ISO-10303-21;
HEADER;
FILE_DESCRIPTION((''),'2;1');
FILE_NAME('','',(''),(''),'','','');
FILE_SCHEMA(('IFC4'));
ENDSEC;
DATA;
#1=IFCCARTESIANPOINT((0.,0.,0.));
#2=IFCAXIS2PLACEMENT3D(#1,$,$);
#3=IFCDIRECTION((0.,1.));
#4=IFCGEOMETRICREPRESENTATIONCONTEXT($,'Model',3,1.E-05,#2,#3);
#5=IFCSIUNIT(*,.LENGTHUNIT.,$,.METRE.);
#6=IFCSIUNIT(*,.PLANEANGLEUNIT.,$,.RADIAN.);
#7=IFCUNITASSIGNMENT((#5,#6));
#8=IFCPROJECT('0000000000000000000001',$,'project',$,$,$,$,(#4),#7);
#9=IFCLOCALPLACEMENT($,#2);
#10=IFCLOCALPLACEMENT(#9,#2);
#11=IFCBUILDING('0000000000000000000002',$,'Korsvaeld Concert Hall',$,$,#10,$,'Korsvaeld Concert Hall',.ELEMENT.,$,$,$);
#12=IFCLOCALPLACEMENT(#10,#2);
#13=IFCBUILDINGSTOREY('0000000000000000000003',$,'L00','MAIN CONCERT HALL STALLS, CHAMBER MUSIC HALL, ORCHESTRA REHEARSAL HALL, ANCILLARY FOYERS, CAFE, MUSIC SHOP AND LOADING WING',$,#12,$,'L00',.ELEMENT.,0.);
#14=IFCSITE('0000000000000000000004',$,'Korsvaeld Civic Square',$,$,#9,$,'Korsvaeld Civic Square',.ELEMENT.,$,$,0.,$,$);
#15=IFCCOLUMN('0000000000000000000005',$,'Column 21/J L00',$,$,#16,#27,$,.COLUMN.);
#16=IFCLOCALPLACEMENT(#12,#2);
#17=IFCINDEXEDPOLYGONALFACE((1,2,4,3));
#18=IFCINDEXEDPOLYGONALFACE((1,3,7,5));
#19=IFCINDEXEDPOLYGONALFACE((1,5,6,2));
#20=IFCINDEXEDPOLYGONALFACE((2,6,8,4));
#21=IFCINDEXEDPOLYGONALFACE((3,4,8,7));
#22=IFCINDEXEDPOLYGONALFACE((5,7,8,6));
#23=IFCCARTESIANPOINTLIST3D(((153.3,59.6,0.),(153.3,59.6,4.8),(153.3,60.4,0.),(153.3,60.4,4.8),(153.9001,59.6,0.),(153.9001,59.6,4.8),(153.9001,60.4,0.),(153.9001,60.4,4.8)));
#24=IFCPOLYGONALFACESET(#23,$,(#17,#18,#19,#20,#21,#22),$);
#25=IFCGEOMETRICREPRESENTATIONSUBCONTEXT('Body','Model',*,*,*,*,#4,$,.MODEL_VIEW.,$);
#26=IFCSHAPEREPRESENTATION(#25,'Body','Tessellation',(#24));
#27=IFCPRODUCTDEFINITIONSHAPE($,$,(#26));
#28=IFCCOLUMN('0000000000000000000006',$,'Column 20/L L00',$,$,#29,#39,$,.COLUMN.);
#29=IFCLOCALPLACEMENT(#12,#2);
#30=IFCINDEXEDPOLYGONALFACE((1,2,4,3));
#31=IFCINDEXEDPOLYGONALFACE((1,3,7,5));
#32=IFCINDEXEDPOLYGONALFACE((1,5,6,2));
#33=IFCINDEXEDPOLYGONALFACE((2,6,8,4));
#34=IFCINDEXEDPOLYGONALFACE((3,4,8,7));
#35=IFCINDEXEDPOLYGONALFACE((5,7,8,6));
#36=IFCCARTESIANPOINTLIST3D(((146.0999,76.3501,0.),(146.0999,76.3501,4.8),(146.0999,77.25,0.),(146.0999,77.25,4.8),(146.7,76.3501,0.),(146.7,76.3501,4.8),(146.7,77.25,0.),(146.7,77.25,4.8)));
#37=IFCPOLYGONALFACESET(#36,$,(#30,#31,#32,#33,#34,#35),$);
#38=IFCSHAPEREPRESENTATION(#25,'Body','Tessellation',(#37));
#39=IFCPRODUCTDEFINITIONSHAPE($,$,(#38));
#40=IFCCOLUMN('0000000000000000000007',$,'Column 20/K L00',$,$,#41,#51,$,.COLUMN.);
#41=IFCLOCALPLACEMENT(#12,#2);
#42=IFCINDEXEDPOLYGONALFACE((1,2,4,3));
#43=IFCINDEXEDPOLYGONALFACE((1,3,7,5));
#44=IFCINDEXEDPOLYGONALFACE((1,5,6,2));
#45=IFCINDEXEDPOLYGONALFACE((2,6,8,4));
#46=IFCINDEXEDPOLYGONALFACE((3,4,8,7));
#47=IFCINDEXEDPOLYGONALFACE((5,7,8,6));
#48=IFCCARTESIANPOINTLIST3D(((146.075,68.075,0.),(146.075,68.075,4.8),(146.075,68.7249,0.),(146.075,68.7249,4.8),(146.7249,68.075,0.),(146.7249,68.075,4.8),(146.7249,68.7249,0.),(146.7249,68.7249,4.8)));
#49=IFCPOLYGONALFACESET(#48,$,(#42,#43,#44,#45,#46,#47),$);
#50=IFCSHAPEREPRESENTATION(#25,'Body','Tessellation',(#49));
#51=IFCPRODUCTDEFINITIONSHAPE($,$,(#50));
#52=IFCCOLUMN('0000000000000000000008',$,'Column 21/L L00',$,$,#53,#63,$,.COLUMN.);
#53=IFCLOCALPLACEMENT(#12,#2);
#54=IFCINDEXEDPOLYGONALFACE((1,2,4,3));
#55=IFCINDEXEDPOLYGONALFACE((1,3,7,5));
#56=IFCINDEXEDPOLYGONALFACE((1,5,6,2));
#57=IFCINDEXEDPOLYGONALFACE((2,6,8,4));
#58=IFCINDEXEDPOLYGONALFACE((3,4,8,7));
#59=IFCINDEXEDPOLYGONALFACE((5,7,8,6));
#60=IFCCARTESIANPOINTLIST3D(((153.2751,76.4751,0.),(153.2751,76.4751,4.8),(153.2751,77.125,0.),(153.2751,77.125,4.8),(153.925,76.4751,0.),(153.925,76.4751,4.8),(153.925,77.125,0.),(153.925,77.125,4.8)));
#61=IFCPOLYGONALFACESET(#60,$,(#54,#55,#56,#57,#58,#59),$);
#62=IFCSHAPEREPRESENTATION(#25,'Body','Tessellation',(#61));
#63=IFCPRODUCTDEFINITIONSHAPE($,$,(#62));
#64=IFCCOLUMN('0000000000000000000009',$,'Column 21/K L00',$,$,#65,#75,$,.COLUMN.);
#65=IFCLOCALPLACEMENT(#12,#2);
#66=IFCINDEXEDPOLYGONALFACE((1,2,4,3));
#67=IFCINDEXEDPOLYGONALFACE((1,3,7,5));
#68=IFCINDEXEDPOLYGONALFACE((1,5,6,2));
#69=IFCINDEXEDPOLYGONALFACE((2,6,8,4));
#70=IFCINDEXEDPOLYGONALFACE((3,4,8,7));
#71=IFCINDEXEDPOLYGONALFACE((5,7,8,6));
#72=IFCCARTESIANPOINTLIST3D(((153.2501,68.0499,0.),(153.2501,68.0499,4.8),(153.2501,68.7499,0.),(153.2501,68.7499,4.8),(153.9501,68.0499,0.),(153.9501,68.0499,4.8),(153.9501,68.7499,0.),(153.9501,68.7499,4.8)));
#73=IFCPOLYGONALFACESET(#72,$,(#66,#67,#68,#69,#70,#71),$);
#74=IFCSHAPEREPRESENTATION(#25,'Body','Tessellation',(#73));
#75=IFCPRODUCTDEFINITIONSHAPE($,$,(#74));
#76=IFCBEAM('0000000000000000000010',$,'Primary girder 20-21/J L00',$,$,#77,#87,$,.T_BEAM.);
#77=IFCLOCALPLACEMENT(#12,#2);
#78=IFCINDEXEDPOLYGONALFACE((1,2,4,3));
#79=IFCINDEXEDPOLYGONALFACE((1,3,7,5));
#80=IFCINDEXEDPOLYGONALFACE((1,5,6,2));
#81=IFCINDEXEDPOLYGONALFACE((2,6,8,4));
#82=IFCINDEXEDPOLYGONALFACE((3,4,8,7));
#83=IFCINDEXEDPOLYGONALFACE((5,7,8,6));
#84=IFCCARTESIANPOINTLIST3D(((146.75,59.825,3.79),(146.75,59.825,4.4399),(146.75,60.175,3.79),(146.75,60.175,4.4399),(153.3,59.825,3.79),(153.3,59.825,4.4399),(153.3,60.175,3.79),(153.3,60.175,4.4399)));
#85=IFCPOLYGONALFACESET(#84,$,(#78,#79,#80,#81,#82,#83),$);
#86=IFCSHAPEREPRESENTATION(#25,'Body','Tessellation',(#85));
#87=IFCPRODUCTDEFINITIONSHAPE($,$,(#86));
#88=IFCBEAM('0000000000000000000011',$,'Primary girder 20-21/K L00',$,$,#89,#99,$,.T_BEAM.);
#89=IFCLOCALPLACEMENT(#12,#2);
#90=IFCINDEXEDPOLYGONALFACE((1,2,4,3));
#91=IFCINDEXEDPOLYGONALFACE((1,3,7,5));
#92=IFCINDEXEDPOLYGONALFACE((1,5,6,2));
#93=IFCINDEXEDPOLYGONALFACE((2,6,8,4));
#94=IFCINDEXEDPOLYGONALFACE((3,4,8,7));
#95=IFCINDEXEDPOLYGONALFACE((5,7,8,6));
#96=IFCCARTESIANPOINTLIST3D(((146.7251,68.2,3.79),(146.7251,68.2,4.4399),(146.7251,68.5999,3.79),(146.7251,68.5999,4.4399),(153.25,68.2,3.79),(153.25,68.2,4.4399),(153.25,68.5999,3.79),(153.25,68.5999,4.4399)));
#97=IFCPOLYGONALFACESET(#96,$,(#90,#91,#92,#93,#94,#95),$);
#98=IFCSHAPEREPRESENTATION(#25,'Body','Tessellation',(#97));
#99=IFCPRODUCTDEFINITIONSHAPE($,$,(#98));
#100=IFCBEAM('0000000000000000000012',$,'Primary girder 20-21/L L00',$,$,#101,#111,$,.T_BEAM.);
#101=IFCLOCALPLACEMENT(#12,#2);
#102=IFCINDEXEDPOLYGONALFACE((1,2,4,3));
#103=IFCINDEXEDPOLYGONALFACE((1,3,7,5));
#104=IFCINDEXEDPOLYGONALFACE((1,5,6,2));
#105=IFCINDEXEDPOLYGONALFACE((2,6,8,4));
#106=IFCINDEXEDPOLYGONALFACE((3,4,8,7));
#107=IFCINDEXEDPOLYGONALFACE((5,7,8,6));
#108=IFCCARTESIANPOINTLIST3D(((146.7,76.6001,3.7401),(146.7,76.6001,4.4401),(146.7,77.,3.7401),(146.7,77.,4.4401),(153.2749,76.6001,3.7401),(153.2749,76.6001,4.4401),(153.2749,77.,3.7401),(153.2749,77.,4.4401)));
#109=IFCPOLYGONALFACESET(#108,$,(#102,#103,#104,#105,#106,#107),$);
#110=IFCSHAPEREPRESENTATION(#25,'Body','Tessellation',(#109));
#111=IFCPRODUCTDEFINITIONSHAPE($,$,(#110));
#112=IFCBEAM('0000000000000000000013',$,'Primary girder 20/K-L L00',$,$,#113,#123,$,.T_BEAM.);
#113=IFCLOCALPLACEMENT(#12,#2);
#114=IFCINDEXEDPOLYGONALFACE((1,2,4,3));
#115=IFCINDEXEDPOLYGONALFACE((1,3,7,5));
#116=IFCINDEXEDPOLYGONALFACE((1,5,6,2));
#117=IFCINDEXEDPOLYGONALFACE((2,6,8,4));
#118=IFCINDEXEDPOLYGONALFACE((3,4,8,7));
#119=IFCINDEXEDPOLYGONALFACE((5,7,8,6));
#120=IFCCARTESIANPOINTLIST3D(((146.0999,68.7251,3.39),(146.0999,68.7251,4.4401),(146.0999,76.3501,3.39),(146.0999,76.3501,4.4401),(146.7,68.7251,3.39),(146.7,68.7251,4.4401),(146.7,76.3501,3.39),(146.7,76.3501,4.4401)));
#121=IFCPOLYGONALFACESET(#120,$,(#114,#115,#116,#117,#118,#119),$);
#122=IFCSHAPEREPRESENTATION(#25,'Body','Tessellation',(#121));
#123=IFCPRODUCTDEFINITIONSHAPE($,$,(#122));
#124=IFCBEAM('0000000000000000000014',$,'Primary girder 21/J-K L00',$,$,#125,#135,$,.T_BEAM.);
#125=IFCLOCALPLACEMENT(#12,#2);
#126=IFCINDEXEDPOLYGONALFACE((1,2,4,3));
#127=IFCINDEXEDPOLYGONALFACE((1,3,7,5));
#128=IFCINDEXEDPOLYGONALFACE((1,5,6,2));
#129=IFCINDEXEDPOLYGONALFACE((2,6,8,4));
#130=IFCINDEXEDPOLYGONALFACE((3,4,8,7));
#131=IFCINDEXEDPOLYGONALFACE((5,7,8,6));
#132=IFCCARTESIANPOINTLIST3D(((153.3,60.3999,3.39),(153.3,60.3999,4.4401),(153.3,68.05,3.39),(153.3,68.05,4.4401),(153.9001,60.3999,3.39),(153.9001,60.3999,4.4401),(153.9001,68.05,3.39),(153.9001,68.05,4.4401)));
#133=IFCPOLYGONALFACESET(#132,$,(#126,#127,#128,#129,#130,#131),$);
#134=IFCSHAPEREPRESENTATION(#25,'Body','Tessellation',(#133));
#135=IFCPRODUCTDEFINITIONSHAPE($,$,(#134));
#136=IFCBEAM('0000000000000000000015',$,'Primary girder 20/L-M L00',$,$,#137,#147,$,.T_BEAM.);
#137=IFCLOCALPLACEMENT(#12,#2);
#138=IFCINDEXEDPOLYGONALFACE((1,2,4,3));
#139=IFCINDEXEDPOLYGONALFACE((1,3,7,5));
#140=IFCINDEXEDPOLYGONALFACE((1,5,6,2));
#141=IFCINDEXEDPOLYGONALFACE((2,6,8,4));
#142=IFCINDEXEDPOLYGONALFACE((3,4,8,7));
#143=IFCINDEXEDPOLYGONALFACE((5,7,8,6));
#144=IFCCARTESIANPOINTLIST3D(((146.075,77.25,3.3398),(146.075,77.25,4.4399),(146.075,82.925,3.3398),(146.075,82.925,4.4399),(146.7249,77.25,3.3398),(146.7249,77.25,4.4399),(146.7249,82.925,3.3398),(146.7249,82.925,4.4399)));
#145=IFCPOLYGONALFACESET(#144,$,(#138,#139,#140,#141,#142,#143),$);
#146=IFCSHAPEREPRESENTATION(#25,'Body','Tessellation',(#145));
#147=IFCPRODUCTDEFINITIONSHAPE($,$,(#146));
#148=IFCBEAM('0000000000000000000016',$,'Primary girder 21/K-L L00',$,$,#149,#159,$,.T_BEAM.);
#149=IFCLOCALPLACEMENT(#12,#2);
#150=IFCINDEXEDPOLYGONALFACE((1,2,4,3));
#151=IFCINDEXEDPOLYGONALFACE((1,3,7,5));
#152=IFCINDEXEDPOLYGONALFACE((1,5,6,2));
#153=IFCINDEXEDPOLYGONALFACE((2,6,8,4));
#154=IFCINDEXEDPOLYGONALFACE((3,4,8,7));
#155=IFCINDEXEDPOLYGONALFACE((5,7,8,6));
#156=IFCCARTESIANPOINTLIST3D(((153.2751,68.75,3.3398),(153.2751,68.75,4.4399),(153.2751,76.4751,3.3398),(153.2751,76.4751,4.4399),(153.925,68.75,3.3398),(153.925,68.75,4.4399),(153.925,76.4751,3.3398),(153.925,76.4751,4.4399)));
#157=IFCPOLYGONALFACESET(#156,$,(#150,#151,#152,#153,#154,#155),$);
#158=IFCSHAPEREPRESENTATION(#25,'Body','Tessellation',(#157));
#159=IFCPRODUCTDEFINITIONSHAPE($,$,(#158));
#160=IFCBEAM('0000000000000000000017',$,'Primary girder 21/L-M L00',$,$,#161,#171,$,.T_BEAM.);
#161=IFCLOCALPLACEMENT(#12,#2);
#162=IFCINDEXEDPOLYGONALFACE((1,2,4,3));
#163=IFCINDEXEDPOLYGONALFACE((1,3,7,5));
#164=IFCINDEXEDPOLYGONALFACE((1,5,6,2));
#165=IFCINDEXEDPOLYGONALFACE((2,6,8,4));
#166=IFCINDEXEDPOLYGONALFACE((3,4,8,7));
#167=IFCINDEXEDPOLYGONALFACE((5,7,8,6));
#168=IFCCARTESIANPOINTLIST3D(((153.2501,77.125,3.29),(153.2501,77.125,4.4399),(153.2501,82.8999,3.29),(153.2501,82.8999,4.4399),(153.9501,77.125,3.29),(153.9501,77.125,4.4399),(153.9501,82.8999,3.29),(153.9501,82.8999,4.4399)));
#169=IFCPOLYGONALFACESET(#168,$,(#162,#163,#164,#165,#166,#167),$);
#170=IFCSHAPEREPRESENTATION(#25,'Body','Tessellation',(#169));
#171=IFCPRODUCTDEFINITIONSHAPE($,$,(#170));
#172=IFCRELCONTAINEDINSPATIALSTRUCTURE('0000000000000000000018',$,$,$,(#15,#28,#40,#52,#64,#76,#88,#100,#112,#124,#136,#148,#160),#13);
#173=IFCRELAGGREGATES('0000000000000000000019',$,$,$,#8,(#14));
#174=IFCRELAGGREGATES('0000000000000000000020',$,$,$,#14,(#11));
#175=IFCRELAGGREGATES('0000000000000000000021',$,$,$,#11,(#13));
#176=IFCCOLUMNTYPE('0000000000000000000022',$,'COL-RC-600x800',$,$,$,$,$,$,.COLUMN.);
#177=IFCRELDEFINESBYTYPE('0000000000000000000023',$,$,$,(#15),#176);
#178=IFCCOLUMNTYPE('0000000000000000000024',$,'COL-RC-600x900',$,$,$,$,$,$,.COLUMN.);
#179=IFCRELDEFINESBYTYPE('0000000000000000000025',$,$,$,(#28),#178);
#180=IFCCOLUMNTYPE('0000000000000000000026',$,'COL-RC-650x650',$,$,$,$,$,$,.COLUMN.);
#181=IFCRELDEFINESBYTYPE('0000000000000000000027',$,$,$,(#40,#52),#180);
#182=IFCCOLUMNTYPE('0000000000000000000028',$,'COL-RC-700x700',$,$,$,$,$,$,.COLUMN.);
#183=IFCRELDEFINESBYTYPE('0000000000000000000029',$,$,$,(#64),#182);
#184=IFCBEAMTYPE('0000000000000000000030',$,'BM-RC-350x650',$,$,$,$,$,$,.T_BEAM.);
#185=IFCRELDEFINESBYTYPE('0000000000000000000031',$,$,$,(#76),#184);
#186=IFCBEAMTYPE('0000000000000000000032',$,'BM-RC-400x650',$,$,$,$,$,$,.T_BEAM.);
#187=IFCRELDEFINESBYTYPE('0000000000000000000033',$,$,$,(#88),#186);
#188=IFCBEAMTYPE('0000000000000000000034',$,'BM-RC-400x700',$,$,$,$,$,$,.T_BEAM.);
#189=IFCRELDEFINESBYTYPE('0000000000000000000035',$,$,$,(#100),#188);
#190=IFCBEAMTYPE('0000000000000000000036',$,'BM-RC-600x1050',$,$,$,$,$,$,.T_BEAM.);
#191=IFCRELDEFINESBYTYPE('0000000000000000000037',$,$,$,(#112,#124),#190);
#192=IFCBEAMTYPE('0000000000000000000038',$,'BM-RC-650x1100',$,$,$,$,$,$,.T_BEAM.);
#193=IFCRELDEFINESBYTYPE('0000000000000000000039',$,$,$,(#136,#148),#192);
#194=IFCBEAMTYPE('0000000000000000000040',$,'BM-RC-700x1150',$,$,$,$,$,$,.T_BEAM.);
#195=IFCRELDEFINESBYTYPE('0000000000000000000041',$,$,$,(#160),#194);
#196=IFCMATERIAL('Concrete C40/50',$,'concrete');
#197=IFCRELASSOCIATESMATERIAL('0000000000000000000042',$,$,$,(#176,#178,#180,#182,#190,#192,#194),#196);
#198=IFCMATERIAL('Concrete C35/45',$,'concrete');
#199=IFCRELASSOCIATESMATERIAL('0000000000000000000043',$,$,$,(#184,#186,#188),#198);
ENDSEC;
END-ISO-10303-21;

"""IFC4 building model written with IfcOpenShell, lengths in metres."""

from ifc_helpers import new_model, si_unit, direction, frame, origin, origin_2d, place, context, subcontext, project, spatial, rectangle, extrude, material, material_profile, profile_set, type_object, element, save


model = new_model("IFC4")

# Units and contexts
model_context = context("Model", 3, precision=1e-05, world=origin(), true_north=direction((0.0, 1.0)))
body_context = subcontext(model_context, "Body", "Model", "MODEL_VIEW")
ifc_project = project(units=[si_unit("LENGTHUNIT", "METRE"), si_unit("PLANEANGLEUNIT", "RADIAN")], contexts=[model_context])

# Site, building, storey
site_placement = place(None, origin())
site = spatial("IfcSite", under=ifc_project, at=site_placement, Name="Korsvaeld Civic Square", LongName="Korsvaeld Civic Square", CompositionType="ELEMENT", RefElevation=0.0)
building_placement = place(site_placement, origin())
building = spatial("IfcBuilding", under=site, at=building_placement, Name="Korsvaeld Concert Hall", LongName="Korsvaeld Concert Hall", CompositionType="ELEMENT")
storey_placement = place(building_placement, origin())
storey = spatial("IfcBuildingStorey", under=building, at=storey_placement, Name="L00", Description="MAIN CONCERT HALL STALLS, CHAMBER MUSIC HALL, ORCHESTRA REHEARSAL HALL, ANCILLARY FOYERS, CAFE, MUSIC SHOP AND LOADING WING", LongName="L00", CompositionType="ELEMENT", Elevation=0.0)

# Columns
ifc_material_1 = material(Name="Concrete C40/50", Category="concrete")
ifc_material_profile_1 = material_profile(ifc_material_1, rectangle(XDim=0.6001, YDim=0.8, at=origin_2d()), Name="RC 600x800")
ifc_profile_set_1 = profile_set([ifc_material_profile_1], Name="Concrete C40/50")
column_type_1 = type_object("IfcColumnType", Name="COL-RC-600x800", PredefinedType="COLUMN", material=ifc_profile_set_1)
column_1_placement = place(storey_placement, frame((153.6001, 60.0, 0.0), z_axis=(0.0, 0.0, 1.0), x_axis=(1.0, 0.0, 0.0)))
element("IfcColumn", 1, at=column_1_placement, inside=storey, type_object=column_type_1, Name="Column 21/J L00", PredefinedType="COLUMN", context=body_context, shape_type="SweptSolid", body=[
    extrude(rectangle(XDim=0.6001, YDim=0.8, at=origin_2d()), origin(), (0.0, 0.0, 1.0), 4.8),
])
ifc_material_profile_2 = material_profile(ifc_material_1, rectangle(XDim=0.6001, YDim=0.8999, at=origin_2d()), Name="RC 600x900")
ifc_profile_set_2 = profile_set([ifc_material_profile_2], Name="Concrete C40/50")
column_type_2 = type_object("IfcColumnType", Name="COL-RC-600x900", PredefinedType="COLUMN", material=ifc_profile_set_2)
column_2_placement = place(storey_placement, frame((146.3999, 76.8, 0.0), z_axis=(0.0, 0.0, 1.0), x_axis=(1.0, 0.0, 0.0)))
element("IfcColumn", 2, at=column_2_placement, inside=storey, type_object=column_type_2, Name="Column 20/L L00", PredefinedType="COLUMN", context=body_context, shape_type="SweptSolid", body=[
    extrude(rectangle(XDim=0.6001, YDim=0.8999, at=origin_2d()), origin(), (0.0, 0.0, 1.0), 4.8),
])
ifc_material_profile_3 = material_profile(ifc_material_1, rectangle(XDim=0.6499, YDim=0.6499, at=origin_2d()), Name="RC 650x650")
ifc_profile_set_3 = profile_set([ifc_material_profile_3], Name="Concrete C40/50")
column_type_3 = type_object("IfcColumnType", Name="COL-RC-650x650", PredefinedType="COLUMN", material=ifc_profile_set_3)
for number, where, z_axis, x_axis, name in (
    (3, (146.3999, 68.3999, 0.0), (0.0, 0.0, 1.0), (1.0, 0.0, 0.0), "Column 20/K L00"),
    (4, (153.6001, 76.8, 0.0), (0.0, 0.0, 1.0), (1.0, 0.0, 0.0), "Column 21/L L00"),
):
    element("IfcColumn", number, at=place(storey_placement, frame(where, z_axis=z_axis, x_axis=x_axis)), inside=storey, type_object=column_type_3, Name=name, PredefinedType="COLUMN", context=body_context, shape_type="SweptSolid", body=[
        extrude(rectangle(XDim=0.6499, YDim=0.6499, at=origin_2d()), origin(), (0.0, 0.0, 1.0), 4.8),
    ])
ifc_material_profile_4 = material_profile(ifc_material_1, rectangle(XDim=0.7, YDim=0.7, at=origin_2d()), Name="RC 700x700")
ifc_profile_set_4 = profile_set([ifc_material_profile_4], Name="Concrete C40/50")
column_type_4 = type_object("IfcColumnType", Name="COL-RC-700x700", PredefinedType="COLUMN", material=ifc_profile_set_4)
column_3_placement = place(storey_placement, frame((153.6001, 68.3999, 0.0), z_axis=(0.0, 0.0, 1.0), x_axis=(1.0, 0.0, 0.0)))
element("IfcColumn", 5, at=column_3_placement, inside=storey, type_object=column_type_4, Name="Column 21/K L00", PredefinedType="COLUMN", context=body_context, shape_type="SweptSolid", body=[
    extrude(rectangle(XDim=0.7, YDim=0.7, at=origin_2d()), origin(), (0.0, 0.0, 1.0), 4.8),
])

# Beams
ifc_material_2 = material(Name="Concrete C35/45", Category="concrete")
ifc_material_profile_5 = material_profile(ifc_material_2, rectangle(XDim=0.3501, YDim=0.6499, at=origin_2d()), Name="RC 350x650")
ifc_profile_set_5 = profile_set([ifc_material_profile_5], Name="Concrete C35/45")
beam_type_1 = type_object("IfcBeamType", Name="BM-RC-350x650", PredefinedType="T_BEAM", material=ifc_profile_set_5)
beam_1_placement = place(storey_placement, frame((146.75, 60.0, 4.115), z_axis=(1.0, 0.0, 0.0), x_axis=(0.0, 1.0, 0.0)))
element("IfcBeam", 6, at=beam_1_placement, inside=storey, type_object=beam_type_1, Name="Primary girder 20-21/J L00", PredefinedType="T_BEAM", context=body_context, shape_type="SweptSolid", body=[
    extrude(rectangle(XDim=0.3501, YDim=0.6499, at=origin_2d()), origin(), (0.0, 0.0, 1.0), 6.55),
])
ifc_material_profile_6 = material_profile(ifc_material_2, rectangle(XDim=0.3999, YDim=0.6499, at=origin_2d()), Name="RC 400x650")
ifc_profile_set_6 = profile_set([ifc_material_profile_6], Name="Concrete C35/45")
beam_type_2 = type_object("IfcBeamType", Name="BM-RC-400x650", PredefinedType="T_BEAM", material=ifc_profile_set_6)
beam_2_placement = place(storey_placement, frame((146.7251, 68.3999, 4.115), z_axis=(1.0, 0.0, 0.0), x_axis=(0.0, 1.0, 0.0)))
element("IfcBeam", 7, at=beam_2_placement, inside=storey, type_object=beam_type_2, Name="Primary girder 20-21/K L00", PredefinedType="T_BEAM", context=body_context, shape_type="SweptSolid", body=[
    extrude(rectangle(XDim=0.3999, YDim=0.6499, at=origin_2d()), origin(), (0.0, 0.0, 1.0), 6.5249),
])
ifc_material_profile_7 = material_profile(ifc_material_2, rectangle(XDim=0.3999, YDim=0.7, at=origin_2d()), Name="RC 400x700")
ifc_profile_set_7 = profile_set([ifc_material_profile_7], Name="Concrete C35/45")
beam_type_3 = type_object("IfcBeamType", Name="BM-RC-400x700", PredefinedType="T_BEAM", material=ifc_profile_set_7)
beam_3_placement = place(storey_placement, frame((146.7, 76.8, 4.0901), z_axis=(1.0, 0.0, 0.0), x_axis=(0.0, 1.0, 0.0)))
element("IfcBeam", 8, at=beam_3_placement, inside=storey, type_object=beam_type_3, Name="Primary girder 20-21/L L00", PredefinedType="T_BEAM", context=body_context, shape_type="SweptSolid", body=[
    extrude(rectangle(XDim=0.3999, YDim=0.7, at=origin_2d()), origin(), (0.0, 0.0, 1.0), 6.575),
])
ifc_material_profile_8 = material_profile(ifc_material_1, rectangle(XDim=0.6001, YDim=1.05, at=origin_2d()), Name="RC 600x1050")
ifc_profile_set_8 = profile_set([ifc_material_profile_8], Name="Concrete C40/50")
beam_type_4 = type_object("IfcBeamType", Name="BM-RC-600x1050", PredefinedType="T_BEAM", material=ifc_profile_set_8)
beam_4_placement = place(storey_placement, frame((146.3999, 68.7251, 3.915), z_axis=(0.0, 1.0, 0.0), x_axis=(-1.0, 0.0, 0.0)))
element("IfcBeam", 9, at=beam_4_placement, inside=storey, type_object=beam_type_4, Name="Primary girder 20/K-L L00", PredefinedType="T_BEAM", context=body_context, shape_type="SweptSolid", body=[
    extrude(rectangle(XDim=0.6001, YDim=1.05, at=origin_2d()), origin(), (0.0, 0.0, 1.0), 7.625),
])
beam_5_placement = place(storey_placement, frame((153.6001, 60.3999, 3.915), z_axis=(0.0, 1.0, 0.0), x_axis=(-1.0, 0.0, 0.0)))
element("IfcBeam", 10, at=beam_5_placement, inside=storey, type_object=beam_type_4, Name="Primary girder 21/J-K L00", PredefinedType="T_BEAM", context=body_context, shape_type="SweptSolid", body=[
    extrude(rectangle(XDim=0.6001, YDim=1.05, at=origin_2d()), origin(), (0.0, 0.0, 1.0), 7.6501),
])
ifc_material_profile_9 = material_profile(ifc_material_1, rectangle(XDim=0.6499, YDim=1.1001, at=origin_2d()), Name="RC 650x1100")
ifc_profile_set_9 = profile_set([ifc_material_profile_9], Name="Concrete C40/50")
beam_type_5 = type_object("IfcBeamType", Name="BM-RC-650x1100", PredefinedType="T_BEAM", material=ifc_profile_set_9)
beam_6_placement = place(storey_placement, frame((146.3999, 77.25, 3.8899), z_axis=(0.0, 1.0, 0.0), x_axis=(-1.0, 0.0, 0.0)))
element("IfcBeam", 11, at=beam_6_placement, inside=storey, type_object=beam_type_5, Name="Primary girder 20/L-M L00", PredefinedType="T_BEAM", context=body_context, shape_type="SweptSolid", body=[
    extrude(rectangle(XDim=0.6499, YDim=1.1001, at=origin_2d()), origin(), (0.0, 0.0, 1.0), 5.675),
])
beam_7_placement = place(storey_placement, frame((153.6001, 68.75, 3.8899), z_axis=(0.0, 1.0, 0.0), x_axis=(-1.0, 0.0, 0.0)))
element("IfcBeam", 12, at=beam_7_placement, inside=storey, type_object=beam_type_5, Name="Primary girder 21/K-L L00", PredefinedType="T_BEAM", context=body_context, shape_type="SweptSolid", body=[
    extrude(rectangle(XDim=0.6499, YDim=1.1001, at=origin_2d()), origin(), (0.0, 0.0, 1.0), 7.7251),
])
ifc_material_profile_10 = material_profile(ifc_material_1, rectangle(XDim=0.7, YDim=1.1499, at=origin_2d()), Name="RC 700x1150")
ifc_profile_set_10 = profile_set([ifc_material_profile_10], Name="Concrete C40/50")
beam_type_6 = type_object("IfcBeamType", Name="BM-RC-700x1150", PredefinedType="T_BEAM", material=ifc_profile_set_10)
beam_8_placement = place(storey_placement, frame((153.6001, 77.125, 3.865), z_axis=(0.0, 1.0, 0.0), x_axis=(-1.0, 0.0, 0.0)))
element("IfcBeam", 13, at=beam_8_placement, inside=storey, type_object=beam_type_6, Name="Primary girder 21/L-M L00", PredefinedType="T_BEAM", context=body_context, shape_type="SweptSolid", body=[
    extrude(rectangle(XDim=0.7, YDim=1.1499, at=origin_2d()), origin(), (0.0, 0.0, 1.0), 5.7749),
])

save(model, "model.ifc")
